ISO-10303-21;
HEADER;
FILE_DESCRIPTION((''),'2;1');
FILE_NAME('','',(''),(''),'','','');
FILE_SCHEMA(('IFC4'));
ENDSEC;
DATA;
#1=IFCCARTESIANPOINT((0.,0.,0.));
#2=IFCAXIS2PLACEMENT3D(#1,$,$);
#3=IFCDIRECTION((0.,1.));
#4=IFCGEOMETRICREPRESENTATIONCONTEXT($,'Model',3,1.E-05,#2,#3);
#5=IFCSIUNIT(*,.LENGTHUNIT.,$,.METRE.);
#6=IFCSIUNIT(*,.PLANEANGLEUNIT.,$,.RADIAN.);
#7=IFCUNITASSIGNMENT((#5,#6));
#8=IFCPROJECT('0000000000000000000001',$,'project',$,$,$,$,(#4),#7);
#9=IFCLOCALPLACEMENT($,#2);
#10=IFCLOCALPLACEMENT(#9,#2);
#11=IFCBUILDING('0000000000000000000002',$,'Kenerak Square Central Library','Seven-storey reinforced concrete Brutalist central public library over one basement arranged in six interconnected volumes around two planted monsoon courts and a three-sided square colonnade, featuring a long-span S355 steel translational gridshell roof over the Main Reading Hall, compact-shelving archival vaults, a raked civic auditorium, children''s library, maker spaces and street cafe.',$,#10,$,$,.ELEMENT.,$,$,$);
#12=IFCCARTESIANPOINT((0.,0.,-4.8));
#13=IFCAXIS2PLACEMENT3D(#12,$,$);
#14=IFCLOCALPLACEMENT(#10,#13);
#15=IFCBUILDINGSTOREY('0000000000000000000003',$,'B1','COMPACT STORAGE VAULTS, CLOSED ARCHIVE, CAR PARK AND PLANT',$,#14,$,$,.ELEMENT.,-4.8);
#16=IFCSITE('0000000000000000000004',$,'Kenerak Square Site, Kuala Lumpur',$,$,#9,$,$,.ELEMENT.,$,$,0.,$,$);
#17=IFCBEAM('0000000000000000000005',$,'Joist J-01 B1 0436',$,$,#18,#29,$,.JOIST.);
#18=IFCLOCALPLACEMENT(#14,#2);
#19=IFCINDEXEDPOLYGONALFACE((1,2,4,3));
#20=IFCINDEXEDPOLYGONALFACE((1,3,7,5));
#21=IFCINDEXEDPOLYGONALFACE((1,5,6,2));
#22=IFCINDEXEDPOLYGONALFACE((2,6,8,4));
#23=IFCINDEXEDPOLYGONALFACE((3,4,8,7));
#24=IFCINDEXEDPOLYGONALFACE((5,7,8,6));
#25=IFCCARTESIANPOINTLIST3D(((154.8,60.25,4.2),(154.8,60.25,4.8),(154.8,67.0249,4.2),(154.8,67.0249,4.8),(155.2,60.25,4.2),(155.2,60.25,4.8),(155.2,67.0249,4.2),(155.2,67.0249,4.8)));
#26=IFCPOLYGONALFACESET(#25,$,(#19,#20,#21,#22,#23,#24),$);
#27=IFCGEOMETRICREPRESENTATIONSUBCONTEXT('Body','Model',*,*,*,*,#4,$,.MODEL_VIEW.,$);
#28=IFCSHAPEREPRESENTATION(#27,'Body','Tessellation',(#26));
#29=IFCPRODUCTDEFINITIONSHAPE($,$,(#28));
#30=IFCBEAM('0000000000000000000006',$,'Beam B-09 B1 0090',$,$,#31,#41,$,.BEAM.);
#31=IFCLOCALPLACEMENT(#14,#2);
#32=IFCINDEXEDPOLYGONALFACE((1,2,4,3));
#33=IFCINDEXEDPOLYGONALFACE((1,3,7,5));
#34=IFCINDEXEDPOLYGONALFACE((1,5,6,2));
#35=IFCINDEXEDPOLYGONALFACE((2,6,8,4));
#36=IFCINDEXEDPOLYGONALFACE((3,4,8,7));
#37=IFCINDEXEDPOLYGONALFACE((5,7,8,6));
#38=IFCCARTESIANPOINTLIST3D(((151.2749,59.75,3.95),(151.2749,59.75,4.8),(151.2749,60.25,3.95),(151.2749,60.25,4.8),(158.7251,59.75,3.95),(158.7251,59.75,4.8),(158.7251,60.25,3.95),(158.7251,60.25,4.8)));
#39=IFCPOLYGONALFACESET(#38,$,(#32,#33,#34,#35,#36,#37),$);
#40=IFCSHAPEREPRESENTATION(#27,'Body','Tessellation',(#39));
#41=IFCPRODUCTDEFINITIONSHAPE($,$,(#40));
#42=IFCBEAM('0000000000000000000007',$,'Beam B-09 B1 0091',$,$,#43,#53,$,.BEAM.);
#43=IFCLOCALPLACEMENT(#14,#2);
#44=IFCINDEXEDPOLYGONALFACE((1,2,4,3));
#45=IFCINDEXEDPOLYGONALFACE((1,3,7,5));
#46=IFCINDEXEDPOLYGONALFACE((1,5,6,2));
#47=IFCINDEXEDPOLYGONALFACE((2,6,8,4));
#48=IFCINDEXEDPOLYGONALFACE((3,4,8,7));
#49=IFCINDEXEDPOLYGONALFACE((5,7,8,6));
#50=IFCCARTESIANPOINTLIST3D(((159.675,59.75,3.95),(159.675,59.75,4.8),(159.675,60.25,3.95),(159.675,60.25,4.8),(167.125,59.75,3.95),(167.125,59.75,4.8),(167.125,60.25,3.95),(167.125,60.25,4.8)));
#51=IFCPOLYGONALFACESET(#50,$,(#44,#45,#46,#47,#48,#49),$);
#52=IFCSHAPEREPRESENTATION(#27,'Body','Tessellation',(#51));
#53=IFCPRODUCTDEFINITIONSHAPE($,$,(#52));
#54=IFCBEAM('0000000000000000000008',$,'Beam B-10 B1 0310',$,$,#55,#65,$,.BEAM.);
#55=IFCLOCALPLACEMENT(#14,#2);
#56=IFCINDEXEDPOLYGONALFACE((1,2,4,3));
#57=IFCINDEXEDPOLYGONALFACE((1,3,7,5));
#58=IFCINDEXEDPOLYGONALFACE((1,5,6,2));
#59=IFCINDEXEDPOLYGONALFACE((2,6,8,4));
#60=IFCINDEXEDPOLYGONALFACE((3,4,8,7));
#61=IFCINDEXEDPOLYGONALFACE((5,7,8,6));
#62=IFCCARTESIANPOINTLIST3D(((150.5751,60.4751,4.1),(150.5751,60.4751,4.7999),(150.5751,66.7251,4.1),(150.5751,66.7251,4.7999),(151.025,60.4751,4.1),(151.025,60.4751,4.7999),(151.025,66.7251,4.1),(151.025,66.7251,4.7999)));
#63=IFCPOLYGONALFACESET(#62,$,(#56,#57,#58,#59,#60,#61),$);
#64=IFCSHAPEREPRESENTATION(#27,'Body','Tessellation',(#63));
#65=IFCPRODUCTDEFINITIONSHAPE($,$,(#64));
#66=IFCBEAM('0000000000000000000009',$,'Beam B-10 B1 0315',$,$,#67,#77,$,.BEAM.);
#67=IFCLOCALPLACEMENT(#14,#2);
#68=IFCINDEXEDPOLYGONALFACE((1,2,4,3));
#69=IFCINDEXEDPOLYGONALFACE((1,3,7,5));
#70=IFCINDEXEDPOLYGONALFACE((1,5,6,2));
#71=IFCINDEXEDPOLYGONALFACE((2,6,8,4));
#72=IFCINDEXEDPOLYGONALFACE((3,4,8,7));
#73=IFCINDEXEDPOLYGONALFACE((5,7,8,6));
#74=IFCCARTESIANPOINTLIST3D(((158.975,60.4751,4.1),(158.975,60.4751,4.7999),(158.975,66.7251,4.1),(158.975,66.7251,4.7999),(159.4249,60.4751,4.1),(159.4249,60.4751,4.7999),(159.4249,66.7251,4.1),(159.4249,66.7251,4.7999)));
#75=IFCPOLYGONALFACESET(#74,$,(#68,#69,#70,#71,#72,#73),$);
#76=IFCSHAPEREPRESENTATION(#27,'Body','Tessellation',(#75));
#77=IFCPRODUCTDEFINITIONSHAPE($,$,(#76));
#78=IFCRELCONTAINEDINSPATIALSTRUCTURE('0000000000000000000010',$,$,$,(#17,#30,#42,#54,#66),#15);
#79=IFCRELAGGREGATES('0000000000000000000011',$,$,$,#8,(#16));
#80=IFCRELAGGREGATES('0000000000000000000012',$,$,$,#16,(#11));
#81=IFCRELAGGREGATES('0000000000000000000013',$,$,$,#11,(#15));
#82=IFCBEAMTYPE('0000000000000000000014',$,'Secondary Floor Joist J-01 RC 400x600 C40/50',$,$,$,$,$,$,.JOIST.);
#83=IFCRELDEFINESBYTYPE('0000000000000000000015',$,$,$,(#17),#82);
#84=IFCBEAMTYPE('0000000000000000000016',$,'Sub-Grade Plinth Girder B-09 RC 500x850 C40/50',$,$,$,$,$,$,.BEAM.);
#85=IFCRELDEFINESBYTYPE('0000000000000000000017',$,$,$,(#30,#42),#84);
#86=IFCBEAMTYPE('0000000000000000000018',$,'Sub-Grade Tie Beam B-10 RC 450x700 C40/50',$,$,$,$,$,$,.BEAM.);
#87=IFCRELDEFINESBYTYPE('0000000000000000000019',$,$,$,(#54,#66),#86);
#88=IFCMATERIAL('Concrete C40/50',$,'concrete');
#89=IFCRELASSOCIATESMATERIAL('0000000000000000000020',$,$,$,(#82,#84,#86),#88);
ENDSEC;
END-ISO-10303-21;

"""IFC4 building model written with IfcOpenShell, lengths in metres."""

from ifc_helpers import new_model, si_unit, direction, frame, origin, origin_2d, place, context, subcontext, project, spatial, rectangle, extrude, material, material_profile, profile_set, type_object, element, save


model = new_model("IFC4")

# Units and contexts
model_context = context("Model", 3, precision=1e-05, world=origin(), true_north=direction((0.0, 1.0)))
body_context = subcontext(model_context, "Body", "Model", "MODEL_VIEW")
ifc_project = project(units=[si_unit("LENGTHUNIT", "METRE"), si_unit("PLANEANGLEUNIT", "RADIAN")], contexts=[model_context])

# Site, building, storey
site_placement = place(None, origin())
site = spatial("IfcSite", under=ifc_project, at=site_placement, Name="Kenerak Square Site, Kuala Lumpur", CompositionType="ELEMENT", RefElevation=0.0)
building_placement = place(site_placement, origin())
building = spatial("IfcBuilding", under=site, at=building_placement, Name="Kenerak Square Central Library", Description="Seven-storey reinforced concrete Brutalist central public library over one basement arranged in six interconnected volumes around two planted monsoon courts and a three-sided square colonnade, featuring a long-span S355 steel translational gridshell roof over the Main Reading Hall, compact-shelving archival vaults, a raked civic auditorium, children's library, maker spaces and street cafe.", CompositionType="ELEMENT")
storey_placement = place(building_placement, frame((0.0, 0.0, -4.8)))
storey = spatial("IfcBuildingStorey", under=building, at=storey_placement, Name="B1", Description="COMPACT STORAGE VAULTS, CLOSED ARCHIVE, CAR PARK AND PLANT", CompositionType="ELEMENT", Elevation=-4.8)

# Shared definitions
ifc_material_1 = material(Name="Concrete C40/50", Category="concrete")

# Beams
ifc_material_profile_1 = material_profile(ifc_material_1, rectangle(XDim=0.3999, YDim=0.6001, at=origin_2d()), Name="RC 400x600")
ifc_profile_set_1 = profile_set([ifc_material_profile_1], Name="Concrete C40/50")
beam_type_1 = type_object("IfcBeamType", Name="Secondary Floor Joist J-01 RC 400x600 C40/50", PredefinedType="JOIST", material=ifc_profile_set_1)
beam_1_placement = place(storey_placement, frame((155.0, 60.25, 4.5), z_axis=(0.0, 1.0, 0.0), x_axis=(-1.0, 0.0, 0.0)))
element("IfcBeam", 1, at=beam_1_placement, inside=storey, type_object=beam_type_1, Name="Joist J-01 B1 0436", PredefinedType="JOIST", context=body_context, shape_type="SweptSolid", body=[
    extrude(rectangle(XDim=0.3999, YDim=0.6001, at=origin_2d()), origin(), (0.0, 0.0, 1.0), 6.7749),
])
ifc_material_profile_2 = material_profile(ifc_material_1, rectangle(XDim=0.5, YDim=0.8501, at=origin_2d()), Name="RC 500x850")
ifc_profile_set_2 = profile_set([ifc_material_profile_2], Name="Concrete C40/50")
beam_type_2 = type_object("IfcBeamType", Name="Sub-Grade Plinth Girder B-09 RC 500x850 C40/50", PredefinedType="BEAM", material=ifc_profile_set_2)
beam_2_placement = place(storey_placement, frame((151.2749, 60.0, 4.375), z_axis=(1.0, 0.0, 0.0), x_axis=(0.0, 1.0, 0.0)))
element("IfcBeam", 2, at=beam_2_placement, inside=storey, type_object=beam_type_2, Name="Beam B-09 B1 0090", PredefinedType="BEAM", context=body_context, shape_type="SweptSolid", body=[
    extrude(rectangle(XDim=0.5, YDim=0.8501, at=origin_2d()), origin(), (0.0, 0.0, 1.0), 7.4502),
])
beam_3_placement = place(storey_placement, frame((159.675, 60.0, 4.375), z_axis=(1.0, 0.0, 0.0), x_axis=(0.0, 1.0, 0.0)))
element("IfcBeam", 3, at=beam_3_placement, inside=storey, type_object=beam_type_2, Name="Beam B-09 B1 0091", PredefinedType="BEAM", context=body_context, shape_type="SweptSolid", body=[
    extrude(rectangle(XDim=0.5, YDim=0.8501, at=origin_2d()), origin(), (0.0, 0.0, 1.0), 7.45),
])
ifc_material_profile_3 = material_profile(ifc_material_1, rectangle(XDim=0.45, YDim=0.7, at=origin_2d()), Name="RC 450x700")
ifc_profile_set_3 = profile_set([ifc_material_profile_3], Name="Concrete C40/50")
beam_type_3 = type_object("IfcBeamType", Name="Sub-Grade Tie Beam B-10 RC 450x700 C40/50", PredefinedType="BEAM", material=ifc_profile_set_3)
for number, where, z_axis, x_axis, name in (
    (4, (150.8, 60.4751, 4.45), (0.0, 1.0, 0.0), (-1.0, 0.0, 0.0), "Beam B-10 B1 0310"),
    (5, (159.2, 60.4751, 4.45), (0.0, 1.0, 0.0), (-1.0, 0.0, 0.0), "Beam B-10 B1 0315"),
):
    element("IfcBeam", number, at=place(storey_placement, frame(where, z_axis=z_axis, x_axis=x_axis)), inside=storey, type_object=beam_type_3, Name=name, PredefinedType="BEAM", context=body_context, shape_type="SweptSolid", body=[
        extrude(rectangle(XDim=0.45, YDim=0.7, at=origin_2d()), origin(), (0.0, 0.0, 1.0), 6.25),
    ])

save(model, "model.ifc")
